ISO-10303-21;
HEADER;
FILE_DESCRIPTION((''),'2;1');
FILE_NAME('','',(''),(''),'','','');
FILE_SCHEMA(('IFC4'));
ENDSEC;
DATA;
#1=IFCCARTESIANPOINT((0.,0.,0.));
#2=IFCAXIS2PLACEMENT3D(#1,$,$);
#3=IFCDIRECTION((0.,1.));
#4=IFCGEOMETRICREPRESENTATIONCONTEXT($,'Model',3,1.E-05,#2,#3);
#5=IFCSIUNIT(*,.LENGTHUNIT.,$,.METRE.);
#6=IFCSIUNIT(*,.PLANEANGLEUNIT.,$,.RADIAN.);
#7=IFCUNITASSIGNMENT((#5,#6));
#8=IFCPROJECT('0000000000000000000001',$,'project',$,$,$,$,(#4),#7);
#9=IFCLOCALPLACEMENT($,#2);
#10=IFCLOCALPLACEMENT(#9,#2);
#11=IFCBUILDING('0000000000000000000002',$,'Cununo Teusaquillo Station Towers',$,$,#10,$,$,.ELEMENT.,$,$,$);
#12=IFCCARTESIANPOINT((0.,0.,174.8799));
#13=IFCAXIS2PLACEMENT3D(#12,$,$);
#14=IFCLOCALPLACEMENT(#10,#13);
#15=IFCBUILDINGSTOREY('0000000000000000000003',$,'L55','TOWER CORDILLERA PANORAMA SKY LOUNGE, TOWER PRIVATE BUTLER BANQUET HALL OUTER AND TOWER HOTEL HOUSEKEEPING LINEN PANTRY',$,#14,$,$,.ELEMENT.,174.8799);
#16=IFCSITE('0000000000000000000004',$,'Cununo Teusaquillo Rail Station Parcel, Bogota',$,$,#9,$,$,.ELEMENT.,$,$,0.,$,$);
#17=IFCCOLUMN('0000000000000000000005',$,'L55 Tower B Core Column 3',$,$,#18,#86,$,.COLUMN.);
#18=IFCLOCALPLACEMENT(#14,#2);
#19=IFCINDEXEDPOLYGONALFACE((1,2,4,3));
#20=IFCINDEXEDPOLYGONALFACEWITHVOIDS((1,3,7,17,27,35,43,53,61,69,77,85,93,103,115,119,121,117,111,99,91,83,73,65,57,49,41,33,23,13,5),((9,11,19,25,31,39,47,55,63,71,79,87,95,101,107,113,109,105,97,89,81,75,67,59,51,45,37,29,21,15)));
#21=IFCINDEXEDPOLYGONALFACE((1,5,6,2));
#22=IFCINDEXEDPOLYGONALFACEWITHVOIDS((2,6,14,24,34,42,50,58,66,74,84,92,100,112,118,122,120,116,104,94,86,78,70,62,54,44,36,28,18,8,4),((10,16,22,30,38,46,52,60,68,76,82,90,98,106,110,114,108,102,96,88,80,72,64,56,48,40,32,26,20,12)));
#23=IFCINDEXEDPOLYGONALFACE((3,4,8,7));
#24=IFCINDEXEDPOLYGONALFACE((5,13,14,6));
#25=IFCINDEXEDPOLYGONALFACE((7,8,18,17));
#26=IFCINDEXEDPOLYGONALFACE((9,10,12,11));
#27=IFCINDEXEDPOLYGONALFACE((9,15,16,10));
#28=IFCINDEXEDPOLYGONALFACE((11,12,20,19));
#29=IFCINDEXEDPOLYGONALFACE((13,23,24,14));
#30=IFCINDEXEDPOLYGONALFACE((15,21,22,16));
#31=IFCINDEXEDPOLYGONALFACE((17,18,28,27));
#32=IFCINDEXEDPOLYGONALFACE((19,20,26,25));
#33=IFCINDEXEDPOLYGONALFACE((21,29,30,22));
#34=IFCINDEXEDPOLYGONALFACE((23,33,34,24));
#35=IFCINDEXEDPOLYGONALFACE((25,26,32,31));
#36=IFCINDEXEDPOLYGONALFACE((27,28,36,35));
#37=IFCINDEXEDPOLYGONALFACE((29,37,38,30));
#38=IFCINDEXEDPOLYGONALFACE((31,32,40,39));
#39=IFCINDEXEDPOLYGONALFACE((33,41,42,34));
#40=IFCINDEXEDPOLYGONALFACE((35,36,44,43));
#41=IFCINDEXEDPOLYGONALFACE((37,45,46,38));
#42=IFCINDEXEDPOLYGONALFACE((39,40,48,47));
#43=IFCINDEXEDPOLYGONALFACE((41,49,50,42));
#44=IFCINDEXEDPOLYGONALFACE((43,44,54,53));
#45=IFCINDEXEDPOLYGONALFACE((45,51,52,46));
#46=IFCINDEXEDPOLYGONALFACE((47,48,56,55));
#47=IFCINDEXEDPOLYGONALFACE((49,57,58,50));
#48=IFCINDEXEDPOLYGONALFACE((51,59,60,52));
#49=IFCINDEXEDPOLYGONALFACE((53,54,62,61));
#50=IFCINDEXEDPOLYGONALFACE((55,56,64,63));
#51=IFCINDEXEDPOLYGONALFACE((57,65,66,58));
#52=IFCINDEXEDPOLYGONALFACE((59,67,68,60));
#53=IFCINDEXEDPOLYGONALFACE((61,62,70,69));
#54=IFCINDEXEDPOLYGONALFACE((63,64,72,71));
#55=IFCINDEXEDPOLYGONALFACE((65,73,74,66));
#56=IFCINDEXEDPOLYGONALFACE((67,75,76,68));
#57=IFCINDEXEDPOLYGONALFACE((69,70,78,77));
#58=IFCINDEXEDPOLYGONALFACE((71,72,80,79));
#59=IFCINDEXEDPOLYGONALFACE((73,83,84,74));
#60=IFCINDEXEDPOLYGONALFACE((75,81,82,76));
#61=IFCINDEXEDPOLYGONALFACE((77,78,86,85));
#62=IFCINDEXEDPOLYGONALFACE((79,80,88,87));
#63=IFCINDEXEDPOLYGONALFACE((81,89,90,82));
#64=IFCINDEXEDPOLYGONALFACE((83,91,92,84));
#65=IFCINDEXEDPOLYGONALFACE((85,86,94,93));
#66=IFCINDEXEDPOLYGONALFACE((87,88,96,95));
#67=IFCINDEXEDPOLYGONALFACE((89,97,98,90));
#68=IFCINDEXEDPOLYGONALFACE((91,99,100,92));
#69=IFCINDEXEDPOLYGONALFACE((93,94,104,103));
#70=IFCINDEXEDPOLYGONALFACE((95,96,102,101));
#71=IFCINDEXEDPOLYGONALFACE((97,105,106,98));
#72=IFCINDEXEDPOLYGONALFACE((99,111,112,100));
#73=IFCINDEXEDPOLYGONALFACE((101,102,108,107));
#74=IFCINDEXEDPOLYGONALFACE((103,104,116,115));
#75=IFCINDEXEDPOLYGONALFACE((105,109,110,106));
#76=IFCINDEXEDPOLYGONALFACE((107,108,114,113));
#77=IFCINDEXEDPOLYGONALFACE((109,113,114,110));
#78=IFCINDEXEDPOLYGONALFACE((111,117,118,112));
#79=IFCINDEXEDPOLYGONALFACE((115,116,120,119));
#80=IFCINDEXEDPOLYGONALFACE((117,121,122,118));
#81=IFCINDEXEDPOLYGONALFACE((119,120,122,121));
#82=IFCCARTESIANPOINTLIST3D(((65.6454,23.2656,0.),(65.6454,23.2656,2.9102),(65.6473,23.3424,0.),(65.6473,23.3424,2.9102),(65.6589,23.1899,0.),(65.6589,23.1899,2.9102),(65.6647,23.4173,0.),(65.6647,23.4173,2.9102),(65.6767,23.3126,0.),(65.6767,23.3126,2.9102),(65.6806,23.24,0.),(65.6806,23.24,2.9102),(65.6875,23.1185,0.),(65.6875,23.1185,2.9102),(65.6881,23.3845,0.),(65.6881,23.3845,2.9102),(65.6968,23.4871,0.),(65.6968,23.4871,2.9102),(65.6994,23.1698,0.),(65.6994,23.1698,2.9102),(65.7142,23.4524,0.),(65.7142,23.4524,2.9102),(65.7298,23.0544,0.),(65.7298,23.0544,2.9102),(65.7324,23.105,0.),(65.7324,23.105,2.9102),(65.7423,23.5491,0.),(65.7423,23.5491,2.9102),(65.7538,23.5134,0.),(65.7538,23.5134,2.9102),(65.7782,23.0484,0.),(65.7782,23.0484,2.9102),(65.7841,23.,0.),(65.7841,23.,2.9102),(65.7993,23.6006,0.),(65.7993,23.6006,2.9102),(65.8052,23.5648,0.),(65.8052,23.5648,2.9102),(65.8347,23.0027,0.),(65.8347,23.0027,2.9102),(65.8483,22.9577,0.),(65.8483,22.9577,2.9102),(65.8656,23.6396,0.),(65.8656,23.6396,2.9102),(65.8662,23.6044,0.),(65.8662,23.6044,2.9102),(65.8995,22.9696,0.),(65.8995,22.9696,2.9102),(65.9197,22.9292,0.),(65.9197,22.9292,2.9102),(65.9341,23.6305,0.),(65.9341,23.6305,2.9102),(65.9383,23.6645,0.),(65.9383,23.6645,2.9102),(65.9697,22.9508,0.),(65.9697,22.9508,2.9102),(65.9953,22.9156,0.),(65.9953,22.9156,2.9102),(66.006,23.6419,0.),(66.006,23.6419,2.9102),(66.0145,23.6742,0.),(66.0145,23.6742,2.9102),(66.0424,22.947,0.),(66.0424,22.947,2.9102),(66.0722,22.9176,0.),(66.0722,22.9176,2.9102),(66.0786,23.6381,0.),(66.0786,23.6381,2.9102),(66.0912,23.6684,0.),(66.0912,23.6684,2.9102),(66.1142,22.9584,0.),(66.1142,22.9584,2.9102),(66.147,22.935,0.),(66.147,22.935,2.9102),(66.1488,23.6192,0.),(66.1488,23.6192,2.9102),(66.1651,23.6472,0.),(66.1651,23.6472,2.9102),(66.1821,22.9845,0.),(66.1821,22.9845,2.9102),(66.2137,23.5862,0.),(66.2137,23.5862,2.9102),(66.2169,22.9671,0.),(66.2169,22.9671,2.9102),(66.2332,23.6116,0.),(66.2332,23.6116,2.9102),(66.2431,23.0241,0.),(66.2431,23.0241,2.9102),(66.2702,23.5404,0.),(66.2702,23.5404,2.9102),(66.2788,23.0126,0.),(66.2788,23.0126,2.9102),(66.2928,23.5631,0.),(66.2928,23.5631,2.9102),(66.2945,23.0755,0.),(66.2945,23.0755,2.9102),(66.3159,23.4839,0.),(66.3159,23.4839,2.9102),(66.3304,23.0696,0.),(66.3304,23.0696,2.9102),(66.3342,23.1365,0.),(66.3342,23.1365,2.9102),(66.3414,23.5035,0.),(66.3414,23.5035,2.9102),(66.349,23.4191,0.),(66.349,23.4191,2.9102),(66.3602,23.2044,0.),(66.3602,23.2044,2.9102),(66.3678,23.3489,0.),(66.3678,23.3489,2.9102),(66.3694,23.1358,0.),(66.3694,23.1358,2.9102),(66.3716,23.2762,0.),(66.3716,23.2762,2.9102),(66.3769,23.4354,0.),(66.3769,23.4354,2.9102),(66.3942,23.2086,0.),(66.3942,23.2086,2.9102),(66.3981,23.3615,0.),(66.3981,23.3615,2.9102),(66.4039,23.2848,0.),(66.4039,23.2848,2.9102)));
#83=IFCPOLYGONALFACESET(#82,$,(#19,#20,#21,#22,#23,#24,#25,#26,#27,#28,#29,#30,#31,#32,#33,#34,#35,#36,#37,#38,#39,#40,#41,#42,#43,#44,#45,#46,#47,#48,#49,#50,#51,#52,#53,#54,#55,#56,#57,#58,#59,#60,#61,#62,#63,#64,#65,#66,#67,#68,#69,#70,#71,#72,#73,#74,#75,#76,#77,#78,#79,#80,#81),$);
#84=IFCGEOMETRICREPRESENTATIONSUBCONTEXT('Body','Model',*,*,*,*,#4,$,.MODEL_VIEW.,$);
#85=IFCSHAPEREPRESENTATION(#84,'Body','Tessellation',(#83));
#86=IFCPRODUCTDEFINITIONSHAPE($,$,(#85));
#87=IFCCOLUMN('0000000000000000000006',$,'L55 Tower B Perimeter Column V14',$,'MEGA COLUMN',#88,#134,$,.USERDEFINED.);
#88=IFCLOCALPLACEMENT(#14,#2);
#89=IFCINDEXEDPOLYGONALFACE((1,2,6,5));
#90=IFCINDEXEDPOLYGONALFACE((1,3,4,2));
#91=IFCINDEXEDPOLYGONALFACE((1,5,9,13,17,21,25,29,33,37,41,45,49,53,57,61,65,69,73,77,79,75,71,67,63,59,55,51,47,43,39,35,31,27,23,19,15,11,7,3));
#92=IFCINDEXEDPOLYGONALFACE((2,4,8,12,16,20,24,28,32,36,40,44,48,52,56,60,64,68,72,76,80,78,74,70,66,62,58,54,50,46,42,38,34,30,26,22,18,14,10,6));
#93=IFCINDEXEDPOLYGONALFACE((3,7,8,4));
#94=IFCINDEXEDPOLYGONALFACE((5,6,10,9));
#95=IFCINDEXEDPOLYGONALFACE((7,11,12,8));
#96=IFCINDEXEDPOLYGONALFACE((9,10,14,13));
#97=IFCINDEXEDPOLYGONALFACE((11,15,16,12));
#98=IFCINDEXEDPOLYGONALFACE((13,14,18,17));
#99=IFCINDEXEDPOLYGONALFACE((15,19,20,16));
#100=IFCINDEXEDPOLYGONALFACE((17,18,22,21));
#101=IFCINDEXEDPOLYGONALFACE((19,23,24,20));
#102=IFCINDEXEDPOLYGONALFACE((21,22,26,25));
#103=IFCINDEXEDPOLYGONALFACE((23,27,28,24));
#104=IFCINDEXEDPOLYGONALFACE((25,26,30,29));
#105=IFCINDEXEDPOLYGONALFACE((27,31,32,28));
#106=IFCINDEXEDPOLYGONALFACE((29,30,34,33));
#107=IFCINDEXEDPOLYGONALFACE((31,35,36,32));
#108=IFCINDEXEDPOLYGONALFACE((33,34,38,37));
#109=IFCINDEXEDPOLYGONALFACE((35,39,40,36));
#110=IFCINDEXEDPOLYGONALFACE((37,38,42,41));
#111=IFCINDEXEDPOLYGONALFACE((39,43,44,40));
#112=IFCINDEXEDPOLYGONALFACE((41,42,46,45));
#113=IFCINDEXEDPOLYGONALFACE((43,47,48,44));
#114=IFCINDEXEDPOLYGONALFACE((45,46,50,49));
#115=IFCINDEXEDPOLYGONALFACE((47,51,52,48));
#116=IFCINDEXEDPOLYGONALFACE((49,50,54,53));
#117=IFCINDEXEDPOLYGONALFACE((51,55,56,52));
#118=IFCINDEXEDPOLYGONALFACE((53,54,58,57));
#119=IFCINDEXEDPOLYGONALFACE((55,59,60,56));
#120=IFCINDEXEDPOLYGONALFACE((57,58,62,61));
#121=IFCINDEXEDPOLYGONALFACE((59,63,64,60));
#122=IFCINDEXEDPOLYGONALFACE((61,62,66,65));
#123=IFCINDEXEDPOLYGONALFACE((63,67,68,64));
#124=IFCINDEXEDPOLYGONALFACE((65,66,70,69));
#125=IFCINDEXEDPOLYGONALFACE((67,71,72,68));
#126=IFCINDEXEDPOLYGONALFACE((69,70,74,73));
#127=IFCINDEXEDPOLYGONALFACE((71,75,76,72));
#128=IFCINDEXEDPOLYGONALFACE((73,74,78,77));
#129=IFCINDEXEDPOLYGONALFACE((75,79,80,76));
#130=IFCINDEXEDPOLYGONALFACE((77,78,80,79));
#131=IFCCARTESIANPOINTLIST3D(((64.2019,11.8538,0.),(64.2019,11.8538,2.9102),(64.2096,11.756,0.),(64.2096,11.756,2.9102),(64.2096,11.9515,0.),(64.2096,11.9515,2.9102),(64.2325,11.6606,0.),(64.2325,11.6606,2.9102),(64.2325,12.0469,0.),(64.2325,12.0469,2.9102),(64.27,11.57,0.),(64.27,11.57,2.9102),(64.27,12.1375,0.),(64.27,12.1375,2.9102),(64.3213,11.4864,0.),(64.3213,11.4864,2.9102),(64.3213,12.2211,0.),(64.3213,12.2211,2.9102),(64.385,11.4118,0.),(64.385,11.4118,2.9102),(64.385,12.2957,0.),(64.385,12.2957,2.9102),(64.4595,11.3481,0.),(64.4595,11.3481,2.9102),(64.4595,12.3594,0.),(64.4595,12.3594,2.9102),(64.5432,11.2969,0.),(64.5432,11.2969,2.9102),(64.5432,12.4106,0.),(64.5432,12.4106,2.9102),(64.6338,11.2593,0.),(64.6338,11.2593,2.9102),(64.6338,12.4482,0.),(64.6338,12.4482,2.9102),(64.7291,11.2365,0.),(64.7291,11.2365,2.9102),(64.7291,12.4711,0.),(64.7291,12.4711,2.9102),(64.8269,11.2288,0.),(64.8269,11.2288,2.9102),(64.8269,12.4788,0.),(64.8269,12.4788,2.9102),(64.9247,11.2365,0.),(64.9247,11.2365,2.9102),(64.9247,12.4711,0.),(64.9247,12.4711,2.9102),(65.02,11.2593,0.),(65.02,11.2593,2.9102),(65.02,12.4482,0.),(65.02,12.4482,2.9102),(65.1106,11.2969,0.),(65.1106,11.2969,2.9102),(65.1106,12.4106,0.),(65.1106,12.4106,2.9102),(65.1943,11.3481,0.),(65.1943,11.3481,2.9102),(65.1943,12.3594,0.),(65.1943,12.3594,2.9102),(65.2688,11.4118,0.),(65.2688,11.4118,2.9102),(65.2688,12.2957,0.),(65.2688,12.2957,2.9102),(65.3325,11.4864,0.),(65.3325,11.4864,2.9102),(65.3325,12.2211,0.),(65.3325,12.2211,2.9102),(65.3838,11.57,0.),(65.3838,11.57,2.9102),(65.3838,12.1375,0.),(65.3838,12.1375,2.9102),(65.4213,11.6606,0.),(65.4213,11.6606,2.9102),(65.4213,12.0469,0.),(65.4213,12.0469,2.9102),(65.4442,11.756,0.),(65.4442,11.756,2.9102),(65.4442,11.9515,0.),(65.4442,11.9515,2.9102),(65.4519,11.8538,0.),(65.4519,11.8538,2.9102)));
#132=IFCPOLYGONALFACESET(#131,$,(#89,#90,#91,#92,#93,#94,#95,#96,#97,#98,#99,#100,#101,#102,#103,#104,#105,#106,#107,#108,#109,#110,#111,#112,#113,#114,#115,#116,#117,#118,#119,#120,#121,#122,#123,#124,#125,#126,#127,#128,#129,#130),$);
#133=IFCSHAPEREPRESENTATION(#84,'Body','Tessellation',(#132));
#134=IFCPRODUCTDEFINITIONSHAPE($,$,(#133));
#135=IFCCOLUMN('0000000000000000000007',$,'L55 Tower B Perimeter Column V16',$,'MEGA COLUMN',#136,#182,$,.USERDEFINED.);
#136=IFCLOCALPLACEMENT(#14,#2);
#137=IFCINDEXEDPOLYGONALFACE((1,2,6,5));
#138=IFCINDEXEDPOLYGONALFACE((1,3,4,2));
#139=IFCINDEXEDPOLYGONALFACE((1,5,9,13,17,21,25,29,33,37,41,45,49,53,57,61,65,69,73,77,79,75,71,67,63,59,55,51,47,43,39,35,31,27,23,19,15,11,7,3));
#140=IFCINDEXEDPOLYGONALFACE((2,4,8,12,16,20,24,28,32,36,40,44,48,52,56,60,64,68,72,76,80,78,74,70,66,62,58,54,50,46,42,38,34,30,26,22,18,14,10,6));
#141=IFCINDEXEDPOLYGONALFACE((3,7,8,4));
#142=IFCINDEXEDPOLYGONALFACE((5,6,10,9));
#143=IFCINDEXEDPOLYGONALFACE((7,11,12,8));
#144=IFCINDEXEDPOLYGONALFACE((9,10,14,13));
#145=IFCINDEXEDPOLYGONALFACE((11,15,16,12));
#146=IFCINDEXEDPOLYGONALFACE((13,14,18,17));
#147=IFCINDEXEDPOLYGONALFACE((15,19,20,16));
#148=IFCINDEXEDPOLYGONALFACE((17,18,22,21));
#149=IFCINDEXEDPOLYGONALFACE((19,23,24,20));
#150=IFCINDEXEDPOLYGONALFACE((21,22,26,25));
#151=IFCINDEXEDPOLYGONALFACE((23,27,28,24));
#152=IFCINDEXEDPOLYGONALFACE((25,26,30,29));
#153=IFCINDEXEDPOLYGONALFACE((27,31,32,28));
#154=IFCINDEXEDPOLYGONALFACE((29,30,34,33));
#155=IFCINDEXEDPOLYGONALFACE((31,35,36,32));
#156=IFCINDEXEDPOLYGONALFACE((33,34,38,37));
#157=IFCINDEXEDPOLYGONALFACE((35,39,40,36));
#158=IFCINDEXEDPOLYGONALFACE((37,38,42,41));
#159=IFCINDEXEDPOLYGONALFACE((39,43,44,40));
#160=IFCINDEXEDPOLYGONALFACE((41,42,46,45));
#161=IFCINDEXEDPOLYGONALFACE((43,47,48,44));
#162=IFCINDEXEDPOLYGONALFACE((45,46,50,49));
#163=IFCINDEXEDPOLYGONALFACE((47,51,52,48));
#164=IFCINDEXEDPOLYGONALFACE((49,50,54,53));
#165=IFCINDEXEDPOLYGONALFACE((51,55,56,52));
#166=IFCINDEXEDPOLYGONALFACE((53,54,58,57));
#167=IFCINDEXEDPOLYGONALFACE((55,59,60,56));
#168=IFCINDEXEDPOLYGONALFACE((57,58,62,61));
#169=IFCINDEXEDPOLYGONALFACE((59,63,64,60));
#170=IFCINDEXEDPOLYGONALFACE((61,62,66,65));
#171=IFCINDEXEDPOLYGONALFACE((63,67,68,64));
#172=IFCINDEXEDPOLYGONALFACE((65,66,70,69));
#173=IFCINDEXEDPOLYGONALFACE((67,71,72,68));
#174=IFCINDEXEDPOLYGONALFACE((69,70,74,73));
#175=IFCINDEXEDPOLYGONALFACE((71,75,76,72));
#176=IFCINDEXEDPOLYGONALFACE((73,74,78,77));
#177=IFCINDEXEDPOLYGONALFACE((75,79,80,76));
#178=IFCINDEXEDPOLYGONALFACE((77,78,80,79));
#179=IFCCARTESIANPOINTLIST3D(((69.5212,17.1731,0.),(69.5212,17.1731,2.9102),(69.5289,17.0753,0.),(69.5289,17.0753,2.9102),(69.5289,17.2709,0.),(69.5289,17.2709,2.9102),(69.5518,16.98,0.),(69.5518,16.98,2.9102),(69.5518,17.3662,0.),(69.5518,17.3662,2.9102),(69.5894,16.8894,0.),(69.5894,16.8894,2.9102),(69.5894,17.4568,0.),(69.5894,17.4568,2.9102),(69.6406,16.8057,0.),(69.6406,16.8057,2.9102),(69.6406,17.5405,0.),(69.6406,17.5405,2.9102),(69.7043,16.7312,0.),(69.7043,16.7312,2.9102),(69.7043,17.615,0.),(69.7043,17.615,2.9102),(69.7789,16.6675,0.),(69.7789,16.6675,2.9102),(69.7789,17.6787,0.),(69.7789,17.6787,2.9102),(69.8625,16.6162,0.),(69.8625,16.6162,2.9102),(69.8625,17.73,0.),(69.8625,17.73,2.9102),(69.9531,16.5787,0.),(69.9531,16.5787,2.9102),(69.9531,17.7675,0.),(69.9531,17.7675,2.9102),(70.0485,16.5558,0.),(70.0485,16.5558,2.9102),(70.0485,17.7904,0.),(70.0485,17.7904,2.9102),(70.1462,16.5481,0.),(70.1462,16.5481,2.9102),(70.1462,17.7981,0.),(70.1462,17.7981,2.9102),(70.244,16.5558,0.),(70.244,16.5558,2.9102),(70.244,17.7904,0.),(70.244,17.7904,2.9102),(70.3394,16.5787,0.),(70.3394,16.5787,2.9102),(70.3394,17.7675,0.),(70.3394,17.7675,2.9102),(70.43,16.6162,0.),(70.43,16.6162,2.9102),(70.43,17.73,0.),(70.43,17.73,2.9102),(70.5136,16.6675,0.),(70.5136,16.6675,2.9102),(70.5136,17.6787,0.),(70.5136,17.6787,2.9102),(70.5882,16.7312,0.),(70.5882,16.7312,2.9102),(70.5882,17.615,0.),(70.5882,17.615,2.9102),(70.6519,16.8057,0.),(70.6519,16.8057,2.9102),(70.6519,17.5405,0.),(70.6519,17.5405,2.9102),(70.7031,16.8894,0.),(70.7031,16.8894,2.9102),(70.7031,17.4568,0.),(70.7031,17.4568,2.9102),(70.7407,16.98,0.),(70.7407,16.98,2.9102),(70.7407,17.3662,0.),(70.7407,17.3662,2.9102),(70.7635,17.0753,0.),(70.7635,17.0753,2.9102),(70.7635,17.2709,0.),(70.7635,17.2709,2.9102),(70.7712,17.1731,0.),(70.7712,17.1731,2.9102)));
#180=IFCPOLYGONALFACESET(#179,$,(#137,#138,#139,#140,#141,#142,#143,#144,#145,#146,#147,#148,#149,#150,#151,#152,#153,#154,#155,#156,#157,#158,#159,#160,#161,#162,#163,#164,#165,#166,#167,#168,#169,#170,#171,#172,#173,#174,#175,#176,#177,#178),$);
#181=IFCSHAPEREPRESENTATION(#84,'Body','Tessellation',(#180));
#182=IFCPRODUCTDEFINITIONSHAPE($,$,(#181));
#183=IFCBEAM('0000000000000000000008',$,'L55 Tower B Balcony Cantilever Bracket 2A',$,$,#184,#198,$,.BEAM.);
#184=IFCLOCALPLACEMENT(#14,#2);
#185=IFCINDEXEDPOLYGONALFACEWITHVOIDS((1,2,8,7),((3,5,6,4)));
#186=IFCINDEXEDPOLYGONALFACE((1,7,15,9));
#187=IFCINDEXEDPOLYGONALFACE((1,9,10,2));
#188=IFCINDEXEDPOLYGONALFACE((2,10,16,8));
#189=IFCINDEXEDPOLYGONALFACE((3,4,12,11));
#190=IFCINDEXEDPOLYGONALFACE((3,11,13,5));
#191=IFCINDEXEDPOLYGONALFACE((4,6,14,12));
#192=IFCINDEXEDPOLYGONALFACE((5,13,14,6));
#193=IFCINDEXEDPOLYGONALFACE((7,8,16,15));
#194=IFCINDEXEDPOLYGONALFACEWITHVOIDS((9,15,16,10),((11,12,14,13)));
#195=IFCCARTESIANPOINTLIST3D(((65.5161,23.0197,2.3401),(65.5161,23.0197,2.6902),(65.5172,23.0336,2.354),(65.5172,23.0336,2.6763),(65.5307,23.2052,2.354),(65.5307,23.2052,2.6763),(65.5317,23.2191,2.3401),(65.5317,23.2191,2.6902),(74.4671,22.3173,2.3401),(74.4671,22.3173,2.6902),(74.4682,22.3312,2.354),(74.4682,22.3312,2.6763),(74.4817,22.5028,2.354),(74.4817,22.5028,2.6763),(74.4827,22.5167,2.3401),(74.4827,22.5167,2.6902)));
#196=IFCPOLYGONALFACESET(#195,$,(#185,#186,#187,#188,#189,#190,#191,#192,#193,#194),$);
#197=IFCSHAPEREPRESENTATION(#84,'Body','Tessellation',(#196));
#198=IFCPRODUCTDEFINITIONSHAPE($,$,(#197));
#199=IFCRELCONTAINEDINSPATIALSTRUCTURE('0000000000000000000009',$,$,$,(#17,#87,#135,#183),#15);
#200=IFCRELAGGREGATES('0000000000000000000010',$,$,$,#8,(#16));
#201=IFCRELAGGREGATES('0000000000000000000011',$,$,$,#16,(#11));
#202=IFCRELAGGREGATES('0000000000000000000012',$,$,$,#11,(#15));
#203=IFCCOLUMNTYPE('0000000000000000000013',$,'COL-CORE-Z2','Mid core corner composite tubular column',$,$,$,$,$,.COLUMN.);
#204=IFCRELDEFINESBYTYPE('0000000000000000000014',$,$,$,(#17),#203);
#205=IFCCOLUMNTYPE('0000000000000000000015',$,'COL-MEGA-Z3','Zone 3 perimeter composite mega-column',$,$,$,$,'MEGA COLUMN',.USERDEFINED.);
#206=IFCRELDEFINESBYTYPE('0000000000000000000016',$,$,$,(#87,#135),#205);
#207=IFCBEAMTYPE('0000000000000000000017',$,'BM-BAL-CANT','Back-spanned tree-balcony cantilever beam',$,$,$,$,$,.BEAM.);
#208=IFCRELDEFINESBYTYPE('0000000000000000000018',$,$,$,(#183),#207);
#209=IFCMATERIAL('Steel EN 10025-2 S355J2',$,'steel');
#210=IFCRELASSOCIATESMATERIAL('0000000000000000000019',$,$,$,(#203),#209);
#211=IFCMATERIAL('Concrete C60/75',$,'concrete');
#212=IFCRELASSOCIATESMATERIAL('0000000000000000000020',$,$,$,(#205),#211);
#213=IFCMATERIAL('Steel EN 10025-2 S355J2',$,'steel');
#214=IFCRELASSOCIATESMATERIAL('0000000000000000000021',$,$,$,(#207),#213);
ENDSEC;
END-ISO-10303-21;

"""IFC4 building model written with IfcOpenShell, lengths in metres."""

from ifc_helpers import new_model, si_unit, direction, frame, origin, origin_2d, place, context, subcontext, project, spatial, hollow_rectangle, circle, hollow_circle, extrude, material, material_profile, profile_set, type_object, element, save


model = new_model("IFC4")

# Units and contexts
model_context = context("Model", 3, precision=1e-05, world=origin(), true_north=direction((0.0, 1.0)))
body_context = subcontext(model_context, "Body", "Model", "MODEL_VIEW")
ifc_project = project(units=[si_unit("LENGTHUNIT", "METRE"), si_unit("PLANEANGLEUNIT", "RADIAN")], contexts=[model_context])

# Site, building, storey
site_placement = place(None, origin())
site = spatial("IfcSite", under=ifc_project, at=site_placement, Name="Cununo Teusaquillo Rail Station Parcel, Bogota", CompositionType="ELEMENT", RefElevation=0.0)
building_placement = place(site_placement, origin())
building = spatial("IfcBuilding", under=site, at=building_placement, Name="Cununo Teusaquillo Station Towers", CompositionType="ELEMENT")
storey_placement = place(building_placement, frame((0.0, 0.0, 174.8799)))
storey = spatial("IfcBuildingStorey", under=building, at=storey_placement, Name="L55", Description="TOWER CORDILLERA PANORAMA SKY LOUNGE, TOWER PRIVATE BUTLER BANQUET HALL OUTER AND TOWER HOTEL HOUSEKEEPING LINEN PANTRY", CompositionType="ELEMENT", Elevation=174.8799)

# Columns
ifc_material_1 = material(Name="Steel EN 10025-2 S355J2", Category="steel")
ifc_material_profile_1 = material_profile(ifc_material_1, hollow_circle(Radius=0.3799, WallThickness=0.032, at=origin_2d()), Name="CHS 760x32")
ifc_profile_set_1 = profile_set([ifc_material_profile_1], Name="Steel EN 10025-2 S355J2")
column_type_1 = type_object("IfcColumnType", Name="COL-CORE-Z2", Description="Mid core corner composite tubular column", PredefinedType="COLUMN", material=ifc_profile_set_1)
column_placement = place(storey_placement, frame((66.0242, 23.2944, 0.0), z_axis=(0.0, 0.0, 1.0), x_axis=(0.707107, 0.707107, 0.0)))
element("IfcColumn", 1, at=column_placement, inside=storey, type_object=column_type_1, Name="L55 Tower B Core Column 3", PredefinedType="COLUMN", context=body_context, shape_type="SweptSolid", body=[
    extrude(hollow_circle(Radius=0.3799, WallThickness=0.032, at=origin_2d()), origin(), (0.0, 0.0, 1.0), 2.9102),
])
ifc_material_2 = material(Name="Concrete C60/75", Category="concrete")
ifc_material_profile_2 = material_profile(ifc_material_2, circle(Radius=0.625, at=origin_2d()), Name="RC-CIRC-1250")
ifc_profile_set_2 = profile_set([ifc_material_profile_2], Name="Concrete C60/75")
column_type_2 = type_object("IfcColumnType", Name="COL-MEGA-Z3", Description="Zone 3 perimeter composite mega-column", ElementType="MEGA COLUMN", PredefinedType="USERDEFINED", material=ifc_profile_set_2)
for number, where, z_axis, x_axis, name in (
    (2, (64.8269, 11.8538, 0.0), (0.0, 0.0, 1.0), (1.0, 0.0, 0.0), "L55 Tower B Perimeter Column V14"),
    (3, (70.1462, 17.1731, 0.0), (0.0, 0.0, 1.0), (1.0, 0.0, 0.0), "L55 Tower B Perimeter Column V16"),
):
    element("IfcColumn", number, at=place(storey_placement, frame(where, z_axis=z_axis, x_axis=x_axis)), inside=storey, type_object=column_type_2, Name=name, ObjectType="MEGA COLUMN", PredefinedType="USERDEFINED", context=body_context, shape_type="SweptSolid", body=[
        extrude(circle(Radius=0.625, at=origin_2d()), origin(), (0.0, 0.0, 1.0), 2.9102),
    ])

# Beam
ifc_material_3 = material(Name="Steel EN 10025-2 S355J2", Category="steel")
ifc_material_profile_3 = material_profile(ifc_material_3, hollow_rectangle(XDim=0.2, YDim=0.3501, WallThickness=0.0139, at=origin_2d()), Name="RHS 350x200x14")
ifc_profile_set_3 = profile_set([ifc_material_profile_3], Name="Steel EN 10025-2 S355J2")
beam_type_1 = type_object("IfcBeamType", Name="BM-BAL-CANT", Description="Back-spanned tree-balcony cantilever beam", PredefinedType="BEAM", material=ifc_profile_set_3)
beam_1_placement = place(storey_placement, frame((65.5239, 23.1194, 2.5151), z_axis=(0.996935, -0.078231, 0.0), x_axis=(0.078231, 0.996935, 0.0)))
element("IfcBeam", 4, at=beam_1_placement, inside=storey, type_object=beam_type_1, Name="L55 Tower B Balcony Cantilever Bracket 2A", PredefinedType="BEAM", context=body_context, shape_type="SweptSolid", body=[
    extrude(hollow_rectangle(XDim=0.2, YDim=0.3501, WallThickness=0.0139, at=origin_2d()), origin(), (0.0, 0.0, 1.0), 8.9785),
])

save(model, "model.ifc")
